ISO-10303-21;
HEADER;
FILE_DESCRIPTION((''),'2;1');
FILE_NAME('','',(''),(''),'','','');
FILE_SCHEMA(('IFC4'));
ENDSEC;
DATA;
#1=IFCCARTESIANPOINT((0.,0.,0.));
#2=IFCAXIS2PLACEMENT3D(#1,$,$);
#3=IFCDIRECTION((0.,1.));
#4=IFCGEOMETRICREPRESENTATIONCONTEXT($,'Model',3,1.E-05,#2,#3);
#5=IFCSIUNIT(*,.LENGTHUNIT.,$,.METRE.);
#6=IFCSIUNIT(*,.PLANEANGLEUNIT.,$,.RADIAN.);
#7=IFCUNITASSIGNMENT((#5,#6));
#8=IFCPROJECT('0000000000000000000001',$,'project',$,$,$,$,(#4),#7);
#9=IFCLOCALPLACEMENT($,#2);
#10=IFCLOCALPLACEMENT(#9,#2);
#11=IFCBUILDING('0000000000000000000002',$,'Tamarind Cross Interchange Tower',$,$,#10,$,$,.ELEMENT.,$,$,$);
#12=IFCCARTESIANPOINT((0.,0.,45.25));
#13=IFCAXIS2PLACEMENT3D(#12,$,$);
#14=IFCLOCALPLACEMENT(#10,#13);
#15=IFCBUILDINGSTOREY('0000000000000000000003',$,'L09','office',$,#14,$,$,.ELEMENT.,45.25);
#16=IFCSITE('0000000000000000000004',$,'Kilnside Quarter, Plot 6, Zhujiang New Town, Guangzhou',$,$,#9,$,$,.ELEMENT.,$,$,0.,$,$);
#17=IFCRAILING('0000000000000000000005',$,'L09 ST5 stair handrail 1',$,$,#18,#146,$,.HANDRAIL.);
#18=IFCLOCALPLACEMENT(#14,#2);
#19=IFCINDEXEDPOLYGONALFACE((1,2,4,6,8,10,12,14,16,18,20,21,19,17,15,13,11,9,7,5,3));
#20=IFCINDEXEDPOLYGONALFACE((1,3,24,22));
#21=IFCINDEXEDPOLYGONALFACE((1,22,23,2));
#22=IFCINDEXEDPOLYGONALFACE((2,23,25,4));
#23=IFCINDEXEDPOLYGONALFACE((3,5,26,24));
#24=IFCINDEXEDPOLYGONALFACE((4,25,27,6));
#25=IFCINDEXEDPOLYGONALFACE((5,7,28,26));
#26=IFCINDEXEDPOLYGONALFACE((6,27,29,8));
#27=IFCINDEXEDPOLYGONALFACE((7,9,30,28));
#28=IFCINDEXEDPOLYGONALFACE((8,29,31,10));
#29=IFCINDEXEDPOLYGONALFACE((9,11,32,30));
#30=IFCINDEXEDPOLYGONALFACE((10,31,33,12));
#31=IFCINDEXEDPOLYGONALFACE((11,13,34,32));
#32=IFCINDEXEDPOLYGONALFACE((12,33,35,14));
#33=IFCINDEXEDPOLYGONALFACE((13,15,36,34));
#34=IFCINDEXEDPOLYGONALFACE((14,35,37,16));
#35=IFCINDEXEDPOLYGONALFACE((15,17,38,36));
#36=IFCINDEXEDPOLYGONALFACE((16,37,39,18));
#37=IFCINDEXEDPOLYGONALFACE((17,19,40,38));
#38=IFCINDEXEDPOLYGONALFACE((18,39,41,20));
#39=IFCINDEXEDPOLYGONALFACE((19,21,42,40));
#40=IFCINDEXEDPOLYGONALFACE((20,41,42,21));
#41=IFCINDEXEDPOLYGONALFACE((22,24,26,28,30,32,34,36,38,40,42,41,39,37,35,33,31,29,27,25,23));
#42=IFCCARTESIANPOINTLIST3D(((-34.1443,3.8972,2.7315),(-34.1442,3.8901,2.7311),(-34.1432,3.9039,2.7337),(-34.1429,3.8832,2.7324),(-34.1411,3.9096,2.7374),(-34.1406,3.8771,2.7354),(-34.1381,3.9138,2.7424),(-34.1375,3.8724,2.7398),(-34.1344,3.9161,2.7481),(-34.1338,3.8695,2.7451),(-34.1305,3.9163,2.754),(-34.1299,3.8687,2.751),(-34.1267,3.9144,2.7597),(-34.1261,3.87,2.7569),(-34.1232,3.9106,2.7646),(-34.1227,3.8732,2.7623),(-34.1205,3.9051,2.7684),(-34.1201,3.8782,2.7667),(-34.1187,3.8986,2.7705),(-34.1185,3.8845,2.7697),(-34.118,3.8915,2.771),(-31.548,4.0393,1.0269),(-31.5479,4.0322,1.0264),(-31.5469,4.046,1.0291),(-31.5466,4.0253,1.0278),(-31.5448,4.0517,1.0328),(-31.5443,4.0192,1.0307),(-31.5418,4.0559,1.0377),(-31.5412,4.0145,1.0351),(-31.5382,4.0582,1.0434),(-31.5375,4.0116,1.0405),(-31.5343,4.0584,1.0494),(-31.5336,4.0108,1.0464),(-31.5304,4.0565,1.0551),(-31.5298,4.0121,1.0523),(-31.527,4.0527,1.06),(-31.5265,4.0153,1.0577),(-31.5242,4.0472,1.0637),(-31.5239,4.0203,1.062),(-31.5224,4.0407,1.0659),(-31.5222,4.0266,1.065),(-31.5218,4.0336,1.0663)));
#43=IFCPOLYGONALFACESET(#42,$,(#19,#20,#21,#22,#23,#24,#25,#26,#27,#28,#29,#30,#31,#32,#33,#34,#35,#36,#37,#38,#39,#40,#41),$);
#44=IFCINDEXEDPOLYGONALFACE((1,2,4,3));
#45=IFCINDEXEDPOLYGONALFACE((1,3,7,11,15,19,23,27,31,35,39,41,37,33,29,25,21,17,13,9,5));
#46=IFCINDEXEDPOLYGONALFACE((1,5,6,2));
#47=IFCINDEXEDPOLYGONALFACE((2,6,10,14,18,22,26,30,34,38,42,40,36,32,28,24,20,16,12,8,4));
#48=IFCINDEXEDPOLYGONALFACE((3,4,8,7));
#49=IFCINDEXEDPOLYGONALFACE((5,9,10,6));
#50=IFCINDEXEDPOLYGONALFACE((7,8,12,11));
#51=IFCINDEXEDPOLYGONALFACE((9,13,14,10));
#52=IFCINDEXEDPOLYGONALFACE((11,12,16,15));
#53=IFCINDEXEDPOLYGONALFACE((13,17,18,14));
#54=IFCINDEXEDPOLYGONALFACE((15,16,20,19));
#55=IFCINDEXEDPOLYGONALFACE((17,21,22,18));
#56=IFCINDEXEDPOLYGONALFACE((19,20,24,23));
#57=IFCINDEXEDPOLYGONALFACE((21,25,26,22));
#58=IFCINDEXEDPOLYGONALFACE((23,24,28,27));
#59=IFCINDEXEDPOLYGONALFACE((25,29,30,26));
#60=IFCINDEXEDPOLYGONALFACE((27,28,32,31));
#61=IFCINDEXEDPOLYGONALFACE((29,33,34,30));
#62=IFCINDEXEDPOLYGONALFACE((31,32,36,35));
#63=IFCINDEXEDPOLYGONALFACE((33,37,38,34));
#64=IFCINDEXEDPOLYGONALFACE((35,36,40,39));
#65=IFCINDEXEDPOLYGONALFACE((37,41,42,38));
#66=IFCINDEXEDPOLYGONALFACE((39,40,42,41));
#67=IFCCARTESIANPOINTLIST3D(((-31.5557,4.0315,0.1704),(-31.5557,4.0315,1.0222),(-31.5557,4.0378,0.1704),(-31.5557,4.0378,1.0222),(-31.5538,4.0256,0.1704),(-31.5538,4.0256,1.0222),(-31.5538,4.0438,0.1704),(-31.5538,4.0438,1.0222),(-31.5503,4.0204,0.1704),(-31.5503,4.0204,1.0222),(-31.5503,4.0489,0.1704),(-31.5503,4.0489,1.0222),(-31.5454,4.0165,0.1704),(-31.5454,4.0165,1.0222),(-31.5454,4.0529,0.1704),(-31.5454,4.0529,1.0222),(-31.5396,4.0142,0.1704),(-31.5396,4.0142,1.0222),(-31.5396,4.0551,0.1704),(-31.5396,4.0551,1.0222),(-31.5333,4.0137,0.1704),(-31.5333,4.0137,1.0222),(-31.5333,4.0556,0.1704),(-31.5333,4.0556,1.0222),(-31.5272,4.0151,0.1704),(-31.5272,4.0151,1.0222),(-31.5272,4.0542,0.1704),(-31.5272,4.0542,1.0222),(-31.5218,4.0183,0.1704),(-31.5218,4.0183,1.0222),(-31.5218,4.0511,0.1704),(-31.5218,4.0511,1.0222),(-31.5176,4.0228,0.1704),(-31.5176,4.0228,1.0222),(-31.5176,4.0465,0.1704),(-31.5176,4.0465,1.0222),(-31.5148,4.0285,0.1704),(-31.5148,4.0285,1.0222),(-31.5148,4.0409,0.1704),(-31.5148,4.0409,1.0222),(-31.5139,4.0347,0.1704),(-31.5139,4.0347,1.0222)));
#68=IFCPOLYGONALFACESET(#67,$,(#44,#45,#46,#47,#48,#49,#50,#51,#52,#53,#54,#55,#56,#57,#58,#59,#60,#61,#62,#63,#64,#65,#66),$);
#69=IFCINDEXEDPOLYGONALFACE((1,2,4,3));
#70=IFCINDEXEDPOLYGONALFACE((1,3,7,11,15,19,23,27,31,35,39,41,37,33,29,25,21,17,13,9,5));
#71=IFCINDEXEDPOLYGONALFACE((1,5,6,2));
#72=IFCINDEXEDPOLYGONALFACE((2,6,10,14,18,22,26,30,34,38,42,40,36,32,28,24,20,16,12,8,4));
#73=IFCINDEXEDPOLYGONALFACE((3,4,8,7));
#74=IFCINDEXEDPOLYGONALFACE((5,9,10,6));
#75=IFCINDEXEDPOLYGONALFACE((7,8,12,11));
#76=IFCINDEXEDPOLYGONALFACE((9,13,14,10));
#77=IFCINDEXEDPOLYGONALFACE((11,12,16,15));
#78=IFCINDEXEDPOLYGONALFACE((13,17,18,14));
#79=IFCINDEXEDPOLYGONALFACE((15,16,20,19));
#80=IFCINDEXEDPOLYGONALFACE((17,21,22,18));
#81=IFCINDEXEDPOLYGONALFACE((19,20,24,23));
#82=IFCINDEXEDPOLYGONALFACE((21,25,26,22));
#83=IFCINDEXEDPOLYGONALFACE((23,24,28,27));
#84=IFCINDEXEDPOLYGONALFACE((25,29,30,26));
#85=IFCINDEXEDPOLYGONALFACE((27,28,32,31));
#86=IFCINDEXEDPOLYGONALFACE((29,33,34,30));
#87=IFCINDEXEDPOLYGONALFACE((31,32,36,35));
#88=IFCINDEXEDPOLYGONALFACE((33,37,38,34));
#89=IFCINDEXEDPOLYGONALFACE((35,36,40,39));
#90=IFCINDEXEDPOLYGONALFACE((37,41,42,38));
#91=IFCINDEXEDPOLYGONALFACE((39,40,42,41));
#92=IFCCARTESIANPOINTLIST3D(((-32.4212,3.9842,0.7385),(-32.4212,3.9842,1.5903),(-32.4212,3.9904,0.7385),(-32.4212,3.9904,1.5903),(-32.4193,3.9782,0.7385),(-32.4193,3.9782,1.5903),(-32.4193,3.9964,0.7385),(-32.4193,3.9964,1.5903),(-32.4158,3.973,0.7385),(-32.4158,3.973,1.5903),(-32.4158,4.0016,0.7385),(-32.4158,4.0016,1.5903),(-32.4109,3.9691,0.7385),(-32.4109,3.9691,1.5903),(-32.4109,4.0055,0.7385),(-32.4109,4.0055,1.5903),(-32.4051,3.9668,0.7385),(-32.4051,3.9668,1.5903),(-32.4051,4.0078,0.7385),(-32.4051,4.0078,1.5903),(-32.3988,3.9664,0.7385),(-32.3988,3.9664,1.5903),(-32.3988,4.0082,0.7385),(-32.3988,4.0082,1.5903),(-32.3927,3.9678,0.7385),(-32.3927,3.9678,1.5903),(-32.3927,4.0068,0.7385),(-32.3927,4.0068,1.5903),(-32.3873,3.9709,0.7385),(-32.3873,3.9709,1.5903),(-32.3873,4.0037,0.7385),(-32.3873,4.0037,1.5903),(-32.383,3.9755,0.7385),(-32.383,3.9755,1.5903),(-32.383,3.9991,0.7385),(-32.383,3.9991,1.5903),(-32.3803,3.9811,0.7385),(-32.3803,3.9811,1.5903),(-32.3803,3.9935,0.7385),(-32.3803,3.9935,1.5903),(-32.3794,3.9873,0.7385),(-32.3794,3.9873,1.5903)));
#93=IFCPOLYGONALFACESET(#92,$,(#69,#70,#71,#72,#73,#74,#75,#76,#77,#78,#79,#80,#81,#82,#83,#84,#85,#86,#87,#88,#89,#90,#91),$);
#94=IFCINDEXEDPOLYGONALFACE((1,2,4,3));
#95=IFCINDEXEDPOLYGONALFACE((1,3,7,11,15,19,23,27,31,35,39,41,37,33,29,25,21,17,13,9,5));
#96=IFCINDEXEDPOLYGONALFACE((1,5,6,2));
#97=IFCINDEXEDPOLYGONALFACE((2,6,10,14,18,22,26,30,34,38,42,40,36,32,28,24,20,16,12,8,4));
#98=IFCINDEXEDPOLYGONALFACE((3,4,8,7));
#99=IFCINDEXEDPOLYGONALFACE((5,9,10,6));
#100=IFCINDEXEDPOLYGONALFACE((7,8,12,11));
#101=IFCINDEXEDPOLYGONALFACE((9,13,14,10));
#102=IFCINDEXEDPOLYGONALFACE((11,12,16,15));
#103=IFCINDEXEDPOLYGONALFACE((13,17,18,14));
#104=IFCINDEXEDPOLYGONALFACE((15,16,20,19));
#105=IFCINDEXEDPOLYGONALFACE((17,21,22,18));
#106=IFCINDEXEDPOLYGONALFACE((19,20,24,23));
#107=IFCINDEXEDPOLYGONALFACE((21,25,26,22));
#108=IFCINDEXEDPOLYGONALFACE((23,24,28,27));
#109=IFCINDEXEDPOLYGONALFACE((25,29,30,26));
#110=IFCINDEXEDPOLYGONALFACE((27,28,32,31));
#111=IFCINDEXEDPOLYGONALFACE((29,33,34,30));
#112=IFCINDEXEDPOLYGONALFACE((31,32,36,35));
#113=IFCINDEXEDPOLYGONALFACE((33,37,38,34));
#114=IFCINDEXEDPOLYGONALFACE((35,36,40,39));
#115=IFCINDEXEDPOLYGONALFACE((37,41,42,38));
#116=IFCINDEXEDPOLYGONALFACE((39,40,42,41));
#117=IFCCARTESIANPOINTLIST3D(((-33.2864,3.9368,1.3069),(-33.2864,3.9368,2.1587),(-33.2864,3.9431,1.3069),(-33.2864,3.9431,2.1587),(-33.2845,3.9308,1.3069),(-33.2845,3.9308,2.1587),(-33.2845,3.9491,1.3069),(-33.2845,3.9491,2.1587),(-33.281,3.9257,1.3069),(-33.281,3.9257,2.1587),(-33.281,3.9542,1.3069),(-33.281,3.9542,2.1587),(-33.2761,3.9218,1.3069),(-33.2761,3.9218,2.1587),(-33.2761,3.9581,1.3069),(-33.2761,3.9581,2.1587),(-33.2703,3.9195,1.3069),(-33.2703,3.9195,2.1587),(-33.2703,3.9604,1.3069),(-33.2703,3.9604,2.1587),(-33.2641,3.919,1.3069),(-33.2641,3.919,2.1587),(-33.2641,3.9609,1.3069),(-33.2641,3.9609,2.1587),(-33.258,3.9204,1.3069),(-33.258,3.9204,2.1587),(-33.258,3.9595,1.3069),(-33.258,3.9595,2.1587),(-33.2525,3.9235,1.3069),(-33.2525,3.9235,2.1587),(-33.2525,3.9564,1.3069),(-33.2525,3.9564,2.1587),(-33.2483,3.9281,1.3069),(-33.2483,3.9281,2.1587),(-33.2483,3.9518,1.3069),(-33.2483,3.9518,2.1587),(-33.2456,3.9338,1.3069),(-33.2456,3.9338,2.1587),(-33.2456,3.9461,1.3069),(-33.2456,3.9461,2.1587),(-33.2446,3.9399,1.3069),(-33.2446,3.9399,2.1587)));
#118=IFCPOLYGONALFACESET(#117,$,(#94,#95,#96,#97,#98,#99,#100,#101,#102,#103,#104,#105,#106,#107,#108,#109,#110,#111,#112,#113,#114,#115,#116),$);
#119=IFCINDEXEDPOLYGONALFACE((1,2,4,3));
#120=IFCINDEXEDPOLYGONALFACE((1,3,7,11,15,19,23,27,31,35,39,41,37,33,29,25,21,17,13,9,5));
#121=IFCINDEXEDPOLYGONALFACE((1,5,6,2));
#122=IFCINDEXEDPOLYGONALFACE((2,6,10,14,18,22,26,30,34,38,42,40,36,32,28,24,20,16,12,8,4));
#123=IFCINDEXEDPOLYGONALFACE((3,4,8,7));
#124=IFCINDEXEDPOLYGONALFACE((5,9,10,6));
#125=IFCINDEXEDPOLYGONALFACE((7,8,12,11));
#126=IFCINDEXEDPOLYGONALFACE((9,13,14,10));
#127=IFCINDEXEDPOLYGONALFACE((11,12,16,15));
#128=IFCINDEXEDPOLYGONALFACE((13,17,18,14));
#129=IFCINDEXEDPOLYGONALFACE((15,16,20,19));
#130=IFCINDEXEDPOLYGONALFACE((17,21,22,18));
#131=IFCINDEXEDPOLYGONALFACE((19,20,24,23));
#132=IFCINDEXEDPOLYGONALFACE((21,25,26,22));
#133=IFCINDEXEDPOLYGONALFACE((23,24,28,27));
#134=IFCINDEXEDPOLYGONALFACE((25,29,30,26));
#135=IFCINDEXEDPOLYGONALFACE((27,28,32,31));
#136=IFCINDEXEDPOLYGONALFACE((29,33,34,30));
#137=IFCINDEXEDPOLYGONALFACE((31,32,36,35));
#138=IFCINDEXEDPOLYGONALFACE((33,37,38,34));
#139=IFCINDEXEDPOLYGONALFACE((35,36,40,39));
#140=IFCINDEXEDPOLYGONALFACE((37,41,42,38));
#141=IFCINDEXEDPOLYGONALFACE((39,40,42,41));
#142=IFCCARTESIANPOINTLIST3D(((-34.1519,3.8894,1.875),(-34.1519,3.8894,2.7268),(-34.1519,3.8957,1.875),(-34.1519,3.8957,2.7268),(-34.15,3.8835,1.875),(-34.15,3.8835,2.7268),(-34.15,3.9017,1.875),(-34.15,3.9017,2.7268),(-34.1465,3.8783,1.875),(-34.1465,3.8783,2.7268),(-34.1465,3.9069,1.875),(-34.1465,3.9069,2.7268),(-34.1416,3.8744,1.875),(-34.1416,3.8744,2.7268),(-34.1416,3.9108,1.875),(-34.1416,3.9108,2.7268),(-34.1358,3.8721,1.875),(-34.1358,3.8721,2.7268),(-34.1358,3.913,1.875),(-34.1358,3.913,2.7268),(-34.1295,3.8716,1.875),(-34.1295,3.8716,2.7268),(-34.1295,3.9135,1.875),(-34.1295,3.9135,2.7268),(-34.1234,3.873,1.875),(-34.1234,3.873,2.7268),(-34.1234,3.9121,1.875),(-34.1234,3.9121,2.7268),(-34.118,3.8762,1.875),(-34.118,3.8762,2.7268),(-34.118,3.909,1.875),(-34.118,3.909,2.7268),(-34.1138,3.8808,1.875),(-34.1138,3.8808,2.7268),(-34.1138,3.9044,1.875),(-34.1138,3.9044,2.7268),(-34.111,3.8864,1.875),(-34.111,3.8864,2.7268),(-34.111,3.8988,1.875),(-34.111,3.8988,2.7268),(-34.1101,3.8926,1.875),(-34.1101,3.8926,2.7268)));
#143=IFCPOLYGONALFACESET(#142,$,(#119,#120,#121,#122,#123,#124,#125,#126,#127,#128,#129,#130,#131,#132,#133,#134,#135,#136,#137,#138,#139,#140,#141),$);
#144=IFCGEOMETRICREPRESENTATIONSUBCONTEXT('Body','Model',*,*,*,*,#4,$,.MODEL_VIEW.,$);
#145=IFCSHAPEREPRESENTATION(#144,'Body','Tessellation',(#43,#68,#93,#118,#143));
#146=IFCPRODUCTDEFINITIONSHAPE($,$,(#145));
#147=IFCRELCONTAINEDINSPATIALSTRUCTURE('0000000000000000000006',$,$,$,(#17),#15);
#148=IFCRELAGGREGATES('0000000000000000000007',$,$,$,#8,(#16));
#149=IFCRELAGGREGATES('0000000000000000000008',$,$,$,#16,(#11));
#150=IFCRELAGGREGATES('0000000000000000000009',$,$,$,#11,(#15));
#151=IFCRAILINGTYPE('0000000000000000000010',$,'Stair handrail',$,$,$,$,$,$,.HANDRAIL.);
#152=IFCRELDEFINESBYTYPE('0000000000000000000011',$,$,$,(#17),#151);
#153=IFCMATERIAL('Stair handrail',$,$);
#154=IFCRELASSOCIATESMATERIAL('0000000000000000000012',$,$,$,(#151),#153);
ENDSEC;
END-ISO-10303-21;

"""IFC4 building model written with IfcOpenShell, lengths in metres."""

from ifc_helpers import new_model, si_unit, direction, frame, origin, origin_2d, place, context, subcontext, project, spatial, circle, extrude, material, type_object, element, save


model = new_model("IFC4")

# Units and contexts
model_context = context("Model", 3, precision=1e-05, world=origin(), true_north=direction((0.0, 1.0)))
body_context = subcontext(model_context, "Body", "Model", "MODEL_VIEW")
ifc_project = project(units=[si_unit("LENGTHUNIT", "METRE"), si_unit("PLANEANGLEUNIT", "RADIAN")], contexts=[model_context])

# Site, building, storey
site_placement = place(None, origin())
site = spatial("IfcSite", under=ifc_project, at=site_placement, Name="Kilnside Quarter, Plot 6, Zhujiang New Town, Guangzhou", CompositionType="ELEMENT", RefElevation=0.0)
building_placement = place(site_placement, origin())
building = spatial("IfcBuilding", under=site, at=building_placement, Name="Tamarind Cross Interchange Tower", CompositionType="ELEMENT")
storey_placement = place(building_placement, frame((0.0, 0.0, 45.25)))
storey = spatial("IfcBuildingStorey", under=building, at=storey_placement, Name="L09", Description="office", CompositionType="ELEMENT", Elevation=45.25)

# Railing
ifc_material_1 = material(Name="Stair handrail")
railing_type_1 = type_object("IfcRailingType", Name="Stair handrail", PredefinedType="HANDRAIL", material=ifc_material_1)
railing_1_placement = place(storey_placement, frame((-31.5349, 4.0347, 0.1704)))
element("IfcRailing", 1, at=railing_1_placement, inside=storey, type_object=railing_type_1, Name="L09 ST5 stair handrail 1", PredefinedType="HANDRAIL", context=body_context, shape_type="SweptSolid", body=[
    extrude(circle(Radius=0.0239, at=origin_2d()), frame((0.0, 0.0, 0.876), z_axis=(-0.83505, -0.045702, 0.548272), x_axis=(0.054648, -0.998506, 0.0)), (0.0, 0.0, 1.0), 3.1091),
    extrude(circle(Radius=0.021, at=origin_2d()), origin(), (0.0, 0.0, 1.0), 0.8518),
    extrude(circle(Radius=0.021, at=origin_2d()), frame((-0.8655, -0.0474, 0.5681)), (0.0, 0.0, 1.0), 0.8518),
    extrude(circle(Radius=0.021, at=origin_2d()), frame((-1.7307, -0.0947, 1.1365)), (0.0, 0.0, 1.0), 0.8518),
    extrude(circle(Radius=0.021, at=origin_2d()), frame((-2.5962, -0.1421, 1.7046)), (0.0, 0.0, 1.0), 0.8518),
])

save(model, "model.ifc")
